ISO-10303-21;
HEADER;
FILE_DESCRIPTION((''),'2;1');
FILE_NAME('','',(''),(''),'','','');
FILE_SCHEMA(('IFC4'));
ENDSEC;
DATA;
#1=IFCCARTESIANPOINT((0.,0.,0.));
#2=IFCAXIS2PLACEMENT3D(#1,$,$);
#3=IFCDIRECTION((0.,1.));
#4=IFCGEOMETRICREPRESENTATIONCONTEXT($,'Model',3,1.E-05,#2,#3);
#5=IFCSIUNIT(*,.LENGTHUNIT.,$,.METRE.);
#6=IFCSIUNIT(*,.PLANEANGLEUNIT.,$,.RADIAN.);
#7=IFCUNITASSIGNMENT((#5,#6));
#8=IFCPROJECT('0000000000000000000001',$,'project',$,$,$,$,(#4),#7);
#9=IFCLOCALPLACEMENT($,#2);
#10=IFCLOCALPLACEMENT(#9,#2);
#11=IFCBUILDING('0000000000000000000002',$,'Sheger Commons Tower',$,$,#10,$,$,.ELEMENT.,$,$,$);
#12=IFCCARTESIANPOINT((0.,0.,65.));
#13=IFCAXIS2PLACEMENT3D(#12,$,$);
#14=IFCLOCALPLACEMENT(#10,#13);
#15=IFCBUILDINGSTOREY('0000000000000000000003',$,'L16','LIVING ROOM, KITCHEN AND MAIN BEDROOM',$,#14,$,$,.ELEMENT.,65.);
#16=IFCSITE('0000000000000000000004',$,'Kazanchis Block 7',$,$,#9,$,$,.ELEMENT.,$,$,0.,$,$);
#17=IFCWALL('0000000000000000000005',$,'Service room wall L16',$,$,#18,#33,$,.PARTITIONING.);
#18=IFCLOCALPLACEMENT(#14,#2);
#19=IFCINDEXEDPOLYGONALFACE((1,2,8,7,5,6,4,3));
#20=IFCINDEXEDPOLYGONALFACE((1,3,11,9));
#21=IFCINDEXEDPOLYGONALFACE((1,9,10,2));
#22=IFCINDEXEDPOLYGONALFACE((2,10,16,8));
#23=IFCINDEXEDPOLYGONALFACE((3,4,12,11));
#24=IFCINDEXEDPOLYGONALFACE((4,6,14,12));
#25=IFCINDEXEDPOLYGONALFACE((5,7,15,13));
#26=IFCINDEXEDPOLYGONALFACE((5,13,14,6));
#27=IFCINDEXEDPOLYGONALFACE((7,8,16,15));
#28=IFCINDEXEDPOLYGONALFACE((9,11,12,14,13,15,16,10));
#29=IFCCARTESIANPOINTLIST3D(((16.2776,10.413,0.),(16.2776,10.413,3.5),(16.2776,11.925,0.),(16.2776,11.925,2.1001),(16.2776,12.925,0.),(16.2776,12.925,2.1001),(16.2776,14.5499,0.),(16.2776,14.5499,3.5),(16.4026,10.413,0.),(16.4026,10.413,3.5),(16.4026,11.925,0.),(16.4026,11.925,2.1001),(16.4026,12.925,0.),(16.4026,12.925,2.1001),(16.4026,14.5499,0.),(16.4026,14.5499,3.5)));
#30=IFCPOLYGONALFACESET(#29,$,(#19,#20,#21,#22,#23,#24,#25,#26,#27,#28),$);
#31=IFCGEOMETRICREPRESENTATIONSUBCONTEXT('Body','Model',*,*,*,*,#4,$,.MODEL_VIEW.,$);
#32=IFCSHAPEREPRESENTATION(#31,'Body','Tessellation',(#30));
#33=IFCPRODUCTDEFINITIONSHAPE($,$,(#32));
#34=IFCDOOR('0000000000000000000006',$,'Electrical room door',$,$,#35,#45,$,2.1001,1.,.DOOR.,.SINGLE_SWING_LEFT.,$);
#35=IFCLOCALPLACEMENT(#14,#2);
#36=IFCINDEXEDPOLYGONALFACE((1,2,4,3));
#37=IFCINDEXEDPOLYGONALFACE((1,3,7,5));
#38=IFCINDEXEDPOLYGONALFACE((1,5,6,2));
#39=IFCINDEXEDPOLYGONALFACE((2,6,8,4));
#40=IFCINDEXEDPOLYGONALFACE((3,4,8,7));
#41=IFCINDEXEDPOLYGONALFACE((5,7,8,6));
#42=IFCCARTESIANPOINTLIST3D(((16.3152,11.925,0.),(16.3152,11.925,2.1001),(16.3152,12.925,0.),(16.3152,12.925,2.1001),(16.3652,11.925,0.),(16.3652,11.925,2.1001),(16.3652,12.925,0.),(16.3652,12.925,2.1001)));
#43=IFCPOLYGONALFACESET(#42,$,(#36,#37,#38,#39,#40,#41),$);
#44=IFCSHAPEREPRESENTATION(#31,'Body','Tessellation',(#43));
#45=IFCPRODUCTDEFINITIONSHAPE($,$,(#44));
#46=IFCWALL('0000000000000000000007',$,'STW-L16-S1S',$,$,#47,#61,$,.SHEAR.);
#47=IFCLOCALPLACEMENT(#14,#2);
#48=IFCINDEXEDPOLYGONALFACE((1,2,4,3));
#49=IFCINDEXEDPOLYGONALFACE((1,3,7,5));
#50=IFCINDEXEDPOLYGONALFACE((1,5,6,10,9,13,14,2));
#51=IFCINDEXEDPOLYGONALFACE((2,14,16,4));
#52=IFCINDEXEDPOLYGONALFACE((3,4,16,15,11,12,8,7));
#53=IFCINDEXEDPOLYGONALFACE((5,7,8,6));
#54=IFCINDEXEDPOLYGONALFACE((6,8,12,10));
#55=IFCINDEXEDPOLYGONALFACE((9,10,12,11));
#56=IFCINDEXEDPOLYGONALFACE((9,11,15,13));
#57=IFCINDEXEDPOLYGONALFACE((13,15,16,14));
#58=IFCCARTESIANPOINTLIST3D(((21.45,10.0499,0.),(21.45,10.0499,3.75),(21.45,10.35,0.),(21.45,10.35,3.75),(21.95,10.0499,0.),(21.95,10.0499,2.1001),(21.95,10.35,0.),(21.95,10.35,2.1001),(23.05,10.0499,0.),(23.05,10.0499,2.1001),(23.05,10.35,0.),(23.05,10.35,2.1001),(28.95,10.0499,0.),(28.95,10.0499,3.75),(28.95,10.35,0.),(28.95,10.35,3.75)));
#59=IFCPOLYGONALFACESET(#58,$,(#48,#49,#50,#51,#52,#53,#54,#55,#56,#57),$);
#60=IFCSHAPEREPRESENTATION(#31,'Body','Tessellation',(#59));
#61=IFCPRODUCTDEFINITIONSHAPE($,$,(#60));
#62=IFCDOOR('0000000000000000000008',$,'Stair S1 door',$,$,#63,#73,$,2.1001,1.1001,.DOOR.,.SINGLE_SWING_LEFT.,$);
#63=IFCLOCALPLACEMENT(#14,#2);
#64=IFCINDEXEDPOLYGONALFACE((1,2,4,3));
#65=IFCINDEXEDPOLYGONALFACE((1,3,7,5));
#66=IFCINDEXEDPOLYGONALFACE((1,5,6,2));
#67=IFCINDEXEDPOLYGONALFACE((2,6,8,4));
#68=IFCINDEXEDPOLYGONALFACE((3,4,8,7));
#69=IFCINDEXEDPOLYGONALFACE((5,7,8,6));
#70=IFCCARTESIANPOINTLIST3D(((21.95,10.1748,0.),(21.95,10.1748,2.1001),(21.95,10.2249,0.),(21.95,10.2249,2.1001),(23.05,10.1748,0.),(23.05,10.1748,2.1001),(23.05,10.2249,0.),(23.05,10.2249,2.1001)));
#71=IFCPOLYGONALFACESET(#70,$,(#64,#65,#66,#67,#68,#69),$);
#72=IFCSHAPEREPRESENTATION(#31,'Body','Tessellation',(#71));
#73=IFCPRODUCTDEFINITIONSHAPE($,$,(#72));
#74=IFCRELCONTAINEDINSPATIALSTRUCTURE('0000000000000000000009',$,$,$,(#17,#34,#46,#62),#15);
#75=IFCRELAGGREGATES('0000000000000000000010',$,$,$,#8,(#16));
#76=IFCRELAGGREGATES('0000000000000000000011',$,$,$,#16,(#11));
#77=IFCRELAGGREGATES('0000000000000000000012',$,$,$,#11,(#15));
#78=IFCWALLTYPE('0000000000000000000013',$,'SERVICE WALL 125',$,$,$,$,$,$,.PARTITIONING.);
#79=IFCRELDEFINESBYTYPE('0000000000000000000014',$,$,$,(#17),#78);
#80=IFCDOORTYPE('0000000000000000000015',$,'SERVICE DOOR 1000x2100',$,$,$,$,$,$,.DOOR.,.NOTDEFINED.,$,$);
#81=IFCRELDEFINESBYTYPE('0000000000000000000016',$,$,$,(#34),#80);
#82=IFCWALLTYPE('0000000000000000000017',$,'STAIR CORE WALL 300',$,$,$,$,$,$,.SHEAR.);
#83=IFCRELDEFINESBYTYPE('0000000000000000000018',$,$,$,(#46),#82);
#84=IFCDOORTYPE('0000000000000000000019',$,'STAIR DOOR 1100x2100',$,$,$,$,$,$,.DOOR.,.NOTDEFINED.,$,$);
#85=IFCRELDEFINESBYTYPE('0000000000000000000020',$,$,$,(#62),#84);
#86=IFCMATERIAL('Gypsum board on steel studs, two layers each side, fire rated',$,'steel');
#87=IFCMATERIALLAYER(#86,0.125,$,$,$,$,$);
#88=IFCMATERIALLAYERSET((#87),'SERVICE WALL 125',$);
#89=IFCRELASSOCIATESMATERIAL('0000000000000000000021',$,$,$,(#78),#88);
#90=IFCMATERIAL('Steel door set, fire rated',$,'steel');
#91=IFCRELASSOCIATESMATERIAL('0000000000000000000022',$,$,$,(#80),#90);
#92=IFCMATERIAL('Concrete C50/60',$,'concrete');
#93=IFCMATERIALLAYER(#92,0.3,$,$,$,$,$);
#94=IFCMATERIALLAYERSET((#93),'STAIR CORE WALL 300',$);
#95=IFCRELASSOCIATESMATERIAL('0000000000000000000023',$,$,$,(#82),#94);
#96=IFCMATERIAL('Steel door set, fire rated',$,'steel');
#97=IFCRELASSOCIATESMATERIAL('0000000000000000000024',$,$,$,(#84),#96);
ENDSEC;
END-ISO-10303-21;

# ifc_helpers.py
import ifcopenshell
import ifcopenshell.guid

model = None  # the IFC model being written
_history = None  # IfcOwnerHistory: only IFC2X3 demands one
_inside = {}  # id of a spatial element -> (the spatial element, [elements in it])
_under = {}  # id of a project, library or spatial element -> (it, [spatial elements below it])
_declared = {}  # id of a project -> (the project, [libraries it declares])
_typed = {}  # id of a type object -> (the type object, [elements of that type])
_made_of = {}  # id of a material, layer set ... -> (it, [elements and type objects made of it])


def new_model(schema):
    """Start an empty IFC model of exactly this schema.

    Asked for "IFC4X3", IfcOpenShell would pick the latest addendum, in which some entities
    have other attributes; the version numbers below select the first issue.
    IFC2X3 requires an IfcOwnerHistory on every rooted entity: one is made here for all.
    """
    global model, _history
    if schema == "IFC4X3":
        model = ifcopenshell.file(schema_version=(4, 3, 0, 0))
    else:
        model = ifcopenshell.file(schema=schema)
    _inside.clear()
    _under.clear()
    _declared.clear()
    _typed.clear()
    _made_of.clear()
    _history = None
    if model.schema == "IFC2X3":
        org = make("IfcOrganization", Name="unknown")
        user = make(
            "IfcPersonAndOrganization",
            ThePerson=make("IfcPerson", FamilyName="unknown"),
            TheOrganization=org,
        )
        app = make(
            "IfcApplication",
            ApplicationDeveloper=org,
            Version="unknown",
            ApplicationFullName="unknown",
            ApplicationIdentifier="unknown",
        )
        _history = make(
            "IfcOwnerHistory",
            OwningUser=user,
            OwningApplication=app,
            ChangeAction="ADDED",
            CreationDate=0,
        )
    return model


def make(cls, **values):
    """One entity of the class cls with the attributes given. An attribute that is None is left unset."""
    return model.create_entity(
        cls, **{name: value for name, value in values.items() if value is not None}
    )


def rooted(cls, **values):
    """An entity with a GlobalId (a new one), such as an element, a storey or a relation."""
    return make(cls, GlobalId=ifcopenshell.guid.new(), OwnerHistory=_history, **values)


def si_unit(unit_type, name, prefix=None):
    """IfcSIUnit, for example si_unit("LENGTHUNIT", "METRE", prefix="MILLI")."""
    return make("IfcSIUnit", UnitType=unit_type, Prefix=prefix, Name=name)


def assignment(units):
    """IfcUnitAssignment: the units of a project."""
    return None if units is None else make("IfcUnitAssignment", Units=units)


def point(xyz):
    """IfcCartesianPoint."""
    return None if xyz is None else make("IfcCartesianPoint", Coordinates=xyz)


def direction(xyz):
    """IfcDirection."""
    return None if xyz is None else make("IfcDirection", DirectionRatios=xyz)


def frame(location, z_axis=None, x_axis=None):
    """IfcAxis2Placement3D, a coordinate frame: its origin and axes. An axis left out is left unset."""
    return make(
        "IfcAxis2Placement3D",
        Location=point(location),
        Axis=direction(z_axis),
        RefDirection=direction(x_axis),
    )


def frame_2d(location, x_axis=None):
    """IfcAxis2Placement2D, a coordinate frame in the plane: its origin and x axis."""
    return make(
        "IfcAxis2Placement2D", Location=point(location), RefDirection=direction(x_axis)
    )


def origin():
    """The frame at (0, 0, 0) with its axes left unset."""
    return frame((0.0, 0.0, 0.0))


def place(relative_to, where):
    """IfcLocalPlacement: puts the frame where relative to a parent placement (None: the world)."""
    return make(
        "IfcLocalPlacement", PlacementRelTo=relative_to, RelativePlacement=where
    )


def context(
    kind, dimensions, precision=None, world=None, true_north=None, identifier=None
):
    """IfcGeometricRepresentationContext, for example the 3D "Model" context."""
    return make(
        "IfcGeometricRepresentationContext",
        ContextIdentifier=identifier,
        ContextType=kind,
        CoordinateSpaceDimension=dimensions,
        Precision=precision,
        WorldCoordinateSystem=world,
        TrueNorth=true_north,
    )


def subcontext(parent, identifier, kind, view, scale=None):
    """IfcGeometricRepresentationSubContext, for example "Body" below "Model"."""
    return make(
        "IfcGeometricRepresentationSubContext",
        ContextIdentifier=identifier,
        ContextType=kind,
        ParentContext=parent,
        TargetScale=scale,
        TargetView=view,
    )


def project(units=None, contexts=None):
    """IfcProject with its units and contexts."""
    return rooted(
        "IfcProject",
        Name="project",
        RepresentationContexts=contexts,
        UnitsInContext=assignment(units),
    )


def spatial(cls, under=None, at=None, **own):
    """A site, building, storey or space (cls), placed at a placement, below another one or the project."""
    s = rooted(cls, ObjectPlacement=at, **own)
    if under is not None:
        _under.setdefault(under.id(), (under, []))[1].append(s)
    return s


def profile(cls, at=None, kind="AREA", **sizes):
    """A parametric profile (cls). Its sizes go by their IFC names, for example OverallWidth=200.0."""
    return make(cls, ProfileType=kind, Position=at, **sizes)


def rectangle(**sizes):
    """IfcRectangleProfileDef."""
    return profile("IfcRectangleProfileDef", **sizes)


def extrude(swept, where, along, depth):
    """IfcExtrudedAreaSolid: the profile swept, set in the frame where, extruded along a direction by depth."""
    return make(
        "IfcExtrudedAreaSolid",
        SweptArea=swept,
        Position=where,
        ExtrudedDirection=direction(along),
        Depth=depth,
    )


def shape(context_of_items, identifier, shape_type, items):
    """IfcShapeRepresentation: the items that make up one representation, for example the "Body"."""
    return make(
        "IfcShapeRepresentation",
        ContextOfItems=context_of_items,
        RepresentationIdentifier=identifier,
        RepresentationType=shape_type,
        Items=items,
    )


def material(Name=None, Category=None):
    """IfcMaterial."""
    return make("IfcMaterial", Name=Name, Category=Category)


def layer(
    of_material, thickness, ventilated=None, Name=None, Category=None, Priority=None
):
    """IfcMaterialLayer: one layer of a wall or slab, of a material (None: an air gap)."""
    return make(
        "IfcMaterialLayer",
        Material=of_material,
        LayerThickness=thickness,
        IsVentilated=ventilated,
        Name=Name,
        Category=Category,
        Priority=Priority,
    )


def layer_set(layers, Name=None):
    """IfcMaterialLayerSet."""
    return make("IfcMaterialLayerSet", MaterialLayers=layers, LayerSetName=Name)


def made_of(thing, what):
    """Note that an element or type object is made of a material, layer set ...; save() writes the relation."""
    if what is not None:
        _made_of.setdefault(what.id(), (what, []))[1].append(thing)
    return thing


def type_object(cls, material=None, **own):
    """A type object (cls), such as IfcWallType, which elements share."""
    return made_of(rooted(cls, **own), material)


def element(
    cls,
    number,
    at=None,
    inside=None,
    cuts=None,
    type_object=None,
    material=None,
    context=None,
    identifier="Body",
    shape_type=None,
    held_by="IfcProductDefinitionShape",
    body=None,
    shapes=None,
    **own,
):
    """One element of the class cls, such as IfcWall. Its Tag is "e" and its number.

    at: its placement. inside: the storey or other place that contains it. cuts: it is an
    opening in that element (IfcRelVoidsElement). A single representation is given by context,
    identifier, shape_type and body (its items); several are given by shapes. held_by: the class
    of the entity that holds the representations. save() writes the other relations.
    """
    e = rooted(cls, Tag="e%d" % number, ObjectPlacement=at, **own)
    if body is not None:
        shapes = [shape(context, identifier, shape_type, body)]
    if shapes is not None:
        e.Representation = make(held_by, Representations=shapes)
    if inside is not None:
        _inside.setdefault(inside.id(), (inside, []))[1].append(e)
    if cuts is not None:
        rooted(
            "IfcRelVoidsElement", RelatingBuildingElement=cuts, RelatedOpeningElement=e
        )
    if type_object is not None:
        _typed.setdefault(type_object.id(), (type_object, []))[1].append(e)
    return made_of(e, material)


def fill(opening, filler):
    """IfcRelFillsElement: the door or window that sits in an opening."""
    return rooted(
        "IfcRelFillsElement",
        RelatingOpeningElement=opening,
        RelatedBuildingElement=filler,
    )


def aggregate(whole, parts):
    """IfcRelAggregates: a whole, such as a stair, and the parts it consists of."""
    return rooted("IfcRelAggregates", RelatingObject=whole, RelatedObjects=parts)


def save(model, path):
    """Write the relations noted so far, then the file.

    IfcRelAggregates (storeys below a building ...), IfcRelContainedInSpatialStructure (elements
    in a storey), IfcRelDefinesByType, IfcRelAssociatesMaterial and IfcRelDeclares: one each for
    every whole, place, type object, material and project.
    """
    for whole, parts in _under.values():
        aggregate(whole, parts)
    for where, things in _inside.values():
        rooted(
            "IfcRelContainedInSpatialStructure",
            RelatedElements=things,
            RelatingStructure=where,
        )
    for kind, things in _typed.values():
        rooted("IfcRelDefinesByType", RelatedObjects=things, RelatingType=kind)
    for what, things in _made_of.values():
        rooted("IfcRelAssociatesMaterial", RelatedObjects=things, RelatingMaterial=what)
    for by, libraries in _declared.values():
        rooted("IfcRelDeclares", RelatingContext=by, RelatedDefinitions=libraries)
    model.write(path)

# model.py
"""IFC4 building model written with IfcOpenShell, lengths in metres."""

from ifc_helpers import new_model, si_unit, direction, frame, frame_2d, origin, place, context, subcontext, project, spatial, rectangle, extrude, material, layer, layer_set, type_object, element, fill, save


model = new_model("IFC4")

# Units and contexts
model_context = context("Model", 3, precision=1e-05, world=origin(), true_north=direction((0.0, 1.0)))
body_context = subcontext(model_context, "Body", "Model", "MODEL_VIEW")
ifc_project = project(units=[si_unit("LENGTHUNIT", "METRE"), si_unit("PLANEANGLEUNIT", "RADIAN")], contexts=[model_context])

# Site, building, storey
site_placement = place(None, origin())
site = spatial("IfcSite", under=ifc_project, at=site_placement, Name="Kazanchis Block 7", CompositionType="ELEMENT", RefElevation=0.0)
building_placement = place(site_placement, origin())
building = spatial("IfcBuilding", under=site, at=building_placement, Name="Sheger Commons Tower", CompositionType="ELEMENT")
storey_placement = place(building_placement, frame((0.0, 0.0, 65.0)))
storey = spatial("IfcBuildingStorey", under=building, at=storey_placement, Name="L16", Description="LIVING ROOM, KITCHEN AND MAIN BEDROOM", CompositionType="ELEMENT", Elevation=65.0)

# Shared definitions
ifc_material_1 = material(Name="Gypsum board on steel studs, two layers each side, fire rated", Category="steel")
ifc_layer_1 = layer(ifc_material_1, 0.125)
ifc_layer_set_1 = layer_set([ifc_layer_1], Name="SERVICE WALL 125")
wall_type_1 = type_object("IfcWallType", Name="SERVICE WALL 125", PredefinedType="PARTITIONING", material=ifc_layer_set_1)
ifc_material_2 = material(Name="Steel door set, fire rated", Category="steel")
door_type_1 = type_object("IfcDoorType", Name="SERVICE DOOR 1000x2100", OperationType="NOTDEFINED", PredefinedType="DOOR", material=ifc_material_2)

# Walls, openings, doors
wall_1_placement = place(storey_placement, frame((16.3401, 10.4131, 0.0), z_axis=(0.0, 0.0, 1.0), x_axis=(0.0, 1.0, 0.0)))
wall_1 = element("IfcWall", 1, at=wall_1_placement, inside=storey, type_object=wall_type_1, Name="Service room wall L16", PredefinedType="PARTITIONING", context=body_context, shape_type="SweptSolid", body=[
    extrude(rectangle(XDim=4.137, YDim=0.125, at=frame_2d((2.0684, 0.0))), origin(), (0.0, 0.0, 1.0), 3.5),
])
opening_1_placement = place(wall_1_placement, frame((1.512, 0.0, 0.0)))
opening_1 = element("IfcOpeningElement", 2, at=opening_1_placement, cuts=wall_1, PredefinedType="OPENING", context=body_context, shape_type="SweptSolid", body=[
    extrude(rectangle(XDim=1.0, YDim=2.1001, at=frame_2d((0.5, 1.05))), frame((0.0, 0.0725, 0.0), z_axis=(0.0, -1.0, 0.0), x_axis=(1.0, 0.0, 0.0)), (0.0, 0.0, 1.0), 0.145),
])
door_1_placement = place(opening_1_placement, origin())
door_1 = element("IfcDoor", 3, at=door_1_placement, inside=storey, type_object=door_type_1, Name="Electrical room door", OperationType="SINGLE_SWING_LEFT", OverallHeight=2.1001, OverallWidth=1.0, PredefinedType="DOOR", context=body_context, shape_type="SweptSolid", body=[
    extrude(rectangle(XDim=1.0, YDim=2.1001, at=frame_2d((0.5, 1.05))), frame((0.0, 0.0249, 0.0), z_axis=(0.0, -1.0, 0.0), x_axis=(1.0, 0.0, 0.0)), (0.0, 0.0, 1.0), 0.05),
])
fill(opening_1, door_1)
ifc_material_3 = material(Name="Concrete C50/60", Category="concrete")
ifc_layer_2 = layer(ifc_material_3, 0.3)
ifc_layer_set_2 = layer_set([ifc_layer_2], Name="STAIR CORE WALL 300")
wall_type_2 = type_object("IfcWallType", Name="STAIR CORE WALL 300", PredefinedType="SHEAR", material=ifc_layer_set_2)
wall_2_placement = place(storey_placement, frame((21.45, 10.2, 0.0), z_axis=(0.0, 0.0, 1.0), x_axis=(1.0, 0.0, 0.0)))
wall_2 = element("IfcWall", 4, at=wall_2_placement, inside=storey, type_object=wall_type_2, Name="STW-L16-S1S", PredefinedType="SHEAR", context=body_context, shape_type="SweptSolid", body=[
    extrude(rectangle(XDim=7.5, YDim=0.3, at=frame_2d((3.75, 0.0))), origin(), (0.0, 0.0, 1.0), 3.75),
])
opening_2_placement = place(wall_2_placement, frame((0.5, 0.0, 0.0)))
opening_2 = element("IfcOpeningElement", 5, at=opening_2_placement, cuts=wall_2, PredefinedType="OPENING", context=body_context, shape_type="SweptSolid", body=[
    extrude(rectangle(XDim=1.1001, YDim=2.1001, at=frame_2d((0.55, 1.05))), frame((0.0, 0.1599, 0.0), z_axis=(0.0, -1.0, 0.0), x_axis=(1.0, 0.0, 0.0)), (0.0, 0.0, 1.0), 0.3201),
])
ifc_material_4 = material(Name="Steel door set, fire rated", Category="steel")
door_type_2 = type_object("IfcDoorType", Name="STAIR DOOR 1100x2100", OperationType="NOTDEFINED", PredefinedType="DOOR", material=ifc_material_4)
door_2_placement = place(opening_2_placement, origin())
door_2 = element("IfcDoor", 6, at=door_2_placement, inside=storey, type_object=door_type_2, Name="Stair S1 door", OperationType="SINGLE_SWING_LEFT", OverallHeight=2.1001, OverallWidth=1.1001, PredefinedType="DOOR", context=body_context, shape_type="SweptSolid", body=[
    extrude(rectangle(XDim=1.1001, YDim=2.1001, at=frame_2d((0.55, 1.05))), frame((0.0, 0.0249, 0.0), z_axis=(0.0, -1.0, 0.0), x_axis=(1.0, 0.0, 0.0)), (0.0, 0.0, 1.0), 0.05),
])
fill(opening_2, door_2)

save(model, "model.ifc")
